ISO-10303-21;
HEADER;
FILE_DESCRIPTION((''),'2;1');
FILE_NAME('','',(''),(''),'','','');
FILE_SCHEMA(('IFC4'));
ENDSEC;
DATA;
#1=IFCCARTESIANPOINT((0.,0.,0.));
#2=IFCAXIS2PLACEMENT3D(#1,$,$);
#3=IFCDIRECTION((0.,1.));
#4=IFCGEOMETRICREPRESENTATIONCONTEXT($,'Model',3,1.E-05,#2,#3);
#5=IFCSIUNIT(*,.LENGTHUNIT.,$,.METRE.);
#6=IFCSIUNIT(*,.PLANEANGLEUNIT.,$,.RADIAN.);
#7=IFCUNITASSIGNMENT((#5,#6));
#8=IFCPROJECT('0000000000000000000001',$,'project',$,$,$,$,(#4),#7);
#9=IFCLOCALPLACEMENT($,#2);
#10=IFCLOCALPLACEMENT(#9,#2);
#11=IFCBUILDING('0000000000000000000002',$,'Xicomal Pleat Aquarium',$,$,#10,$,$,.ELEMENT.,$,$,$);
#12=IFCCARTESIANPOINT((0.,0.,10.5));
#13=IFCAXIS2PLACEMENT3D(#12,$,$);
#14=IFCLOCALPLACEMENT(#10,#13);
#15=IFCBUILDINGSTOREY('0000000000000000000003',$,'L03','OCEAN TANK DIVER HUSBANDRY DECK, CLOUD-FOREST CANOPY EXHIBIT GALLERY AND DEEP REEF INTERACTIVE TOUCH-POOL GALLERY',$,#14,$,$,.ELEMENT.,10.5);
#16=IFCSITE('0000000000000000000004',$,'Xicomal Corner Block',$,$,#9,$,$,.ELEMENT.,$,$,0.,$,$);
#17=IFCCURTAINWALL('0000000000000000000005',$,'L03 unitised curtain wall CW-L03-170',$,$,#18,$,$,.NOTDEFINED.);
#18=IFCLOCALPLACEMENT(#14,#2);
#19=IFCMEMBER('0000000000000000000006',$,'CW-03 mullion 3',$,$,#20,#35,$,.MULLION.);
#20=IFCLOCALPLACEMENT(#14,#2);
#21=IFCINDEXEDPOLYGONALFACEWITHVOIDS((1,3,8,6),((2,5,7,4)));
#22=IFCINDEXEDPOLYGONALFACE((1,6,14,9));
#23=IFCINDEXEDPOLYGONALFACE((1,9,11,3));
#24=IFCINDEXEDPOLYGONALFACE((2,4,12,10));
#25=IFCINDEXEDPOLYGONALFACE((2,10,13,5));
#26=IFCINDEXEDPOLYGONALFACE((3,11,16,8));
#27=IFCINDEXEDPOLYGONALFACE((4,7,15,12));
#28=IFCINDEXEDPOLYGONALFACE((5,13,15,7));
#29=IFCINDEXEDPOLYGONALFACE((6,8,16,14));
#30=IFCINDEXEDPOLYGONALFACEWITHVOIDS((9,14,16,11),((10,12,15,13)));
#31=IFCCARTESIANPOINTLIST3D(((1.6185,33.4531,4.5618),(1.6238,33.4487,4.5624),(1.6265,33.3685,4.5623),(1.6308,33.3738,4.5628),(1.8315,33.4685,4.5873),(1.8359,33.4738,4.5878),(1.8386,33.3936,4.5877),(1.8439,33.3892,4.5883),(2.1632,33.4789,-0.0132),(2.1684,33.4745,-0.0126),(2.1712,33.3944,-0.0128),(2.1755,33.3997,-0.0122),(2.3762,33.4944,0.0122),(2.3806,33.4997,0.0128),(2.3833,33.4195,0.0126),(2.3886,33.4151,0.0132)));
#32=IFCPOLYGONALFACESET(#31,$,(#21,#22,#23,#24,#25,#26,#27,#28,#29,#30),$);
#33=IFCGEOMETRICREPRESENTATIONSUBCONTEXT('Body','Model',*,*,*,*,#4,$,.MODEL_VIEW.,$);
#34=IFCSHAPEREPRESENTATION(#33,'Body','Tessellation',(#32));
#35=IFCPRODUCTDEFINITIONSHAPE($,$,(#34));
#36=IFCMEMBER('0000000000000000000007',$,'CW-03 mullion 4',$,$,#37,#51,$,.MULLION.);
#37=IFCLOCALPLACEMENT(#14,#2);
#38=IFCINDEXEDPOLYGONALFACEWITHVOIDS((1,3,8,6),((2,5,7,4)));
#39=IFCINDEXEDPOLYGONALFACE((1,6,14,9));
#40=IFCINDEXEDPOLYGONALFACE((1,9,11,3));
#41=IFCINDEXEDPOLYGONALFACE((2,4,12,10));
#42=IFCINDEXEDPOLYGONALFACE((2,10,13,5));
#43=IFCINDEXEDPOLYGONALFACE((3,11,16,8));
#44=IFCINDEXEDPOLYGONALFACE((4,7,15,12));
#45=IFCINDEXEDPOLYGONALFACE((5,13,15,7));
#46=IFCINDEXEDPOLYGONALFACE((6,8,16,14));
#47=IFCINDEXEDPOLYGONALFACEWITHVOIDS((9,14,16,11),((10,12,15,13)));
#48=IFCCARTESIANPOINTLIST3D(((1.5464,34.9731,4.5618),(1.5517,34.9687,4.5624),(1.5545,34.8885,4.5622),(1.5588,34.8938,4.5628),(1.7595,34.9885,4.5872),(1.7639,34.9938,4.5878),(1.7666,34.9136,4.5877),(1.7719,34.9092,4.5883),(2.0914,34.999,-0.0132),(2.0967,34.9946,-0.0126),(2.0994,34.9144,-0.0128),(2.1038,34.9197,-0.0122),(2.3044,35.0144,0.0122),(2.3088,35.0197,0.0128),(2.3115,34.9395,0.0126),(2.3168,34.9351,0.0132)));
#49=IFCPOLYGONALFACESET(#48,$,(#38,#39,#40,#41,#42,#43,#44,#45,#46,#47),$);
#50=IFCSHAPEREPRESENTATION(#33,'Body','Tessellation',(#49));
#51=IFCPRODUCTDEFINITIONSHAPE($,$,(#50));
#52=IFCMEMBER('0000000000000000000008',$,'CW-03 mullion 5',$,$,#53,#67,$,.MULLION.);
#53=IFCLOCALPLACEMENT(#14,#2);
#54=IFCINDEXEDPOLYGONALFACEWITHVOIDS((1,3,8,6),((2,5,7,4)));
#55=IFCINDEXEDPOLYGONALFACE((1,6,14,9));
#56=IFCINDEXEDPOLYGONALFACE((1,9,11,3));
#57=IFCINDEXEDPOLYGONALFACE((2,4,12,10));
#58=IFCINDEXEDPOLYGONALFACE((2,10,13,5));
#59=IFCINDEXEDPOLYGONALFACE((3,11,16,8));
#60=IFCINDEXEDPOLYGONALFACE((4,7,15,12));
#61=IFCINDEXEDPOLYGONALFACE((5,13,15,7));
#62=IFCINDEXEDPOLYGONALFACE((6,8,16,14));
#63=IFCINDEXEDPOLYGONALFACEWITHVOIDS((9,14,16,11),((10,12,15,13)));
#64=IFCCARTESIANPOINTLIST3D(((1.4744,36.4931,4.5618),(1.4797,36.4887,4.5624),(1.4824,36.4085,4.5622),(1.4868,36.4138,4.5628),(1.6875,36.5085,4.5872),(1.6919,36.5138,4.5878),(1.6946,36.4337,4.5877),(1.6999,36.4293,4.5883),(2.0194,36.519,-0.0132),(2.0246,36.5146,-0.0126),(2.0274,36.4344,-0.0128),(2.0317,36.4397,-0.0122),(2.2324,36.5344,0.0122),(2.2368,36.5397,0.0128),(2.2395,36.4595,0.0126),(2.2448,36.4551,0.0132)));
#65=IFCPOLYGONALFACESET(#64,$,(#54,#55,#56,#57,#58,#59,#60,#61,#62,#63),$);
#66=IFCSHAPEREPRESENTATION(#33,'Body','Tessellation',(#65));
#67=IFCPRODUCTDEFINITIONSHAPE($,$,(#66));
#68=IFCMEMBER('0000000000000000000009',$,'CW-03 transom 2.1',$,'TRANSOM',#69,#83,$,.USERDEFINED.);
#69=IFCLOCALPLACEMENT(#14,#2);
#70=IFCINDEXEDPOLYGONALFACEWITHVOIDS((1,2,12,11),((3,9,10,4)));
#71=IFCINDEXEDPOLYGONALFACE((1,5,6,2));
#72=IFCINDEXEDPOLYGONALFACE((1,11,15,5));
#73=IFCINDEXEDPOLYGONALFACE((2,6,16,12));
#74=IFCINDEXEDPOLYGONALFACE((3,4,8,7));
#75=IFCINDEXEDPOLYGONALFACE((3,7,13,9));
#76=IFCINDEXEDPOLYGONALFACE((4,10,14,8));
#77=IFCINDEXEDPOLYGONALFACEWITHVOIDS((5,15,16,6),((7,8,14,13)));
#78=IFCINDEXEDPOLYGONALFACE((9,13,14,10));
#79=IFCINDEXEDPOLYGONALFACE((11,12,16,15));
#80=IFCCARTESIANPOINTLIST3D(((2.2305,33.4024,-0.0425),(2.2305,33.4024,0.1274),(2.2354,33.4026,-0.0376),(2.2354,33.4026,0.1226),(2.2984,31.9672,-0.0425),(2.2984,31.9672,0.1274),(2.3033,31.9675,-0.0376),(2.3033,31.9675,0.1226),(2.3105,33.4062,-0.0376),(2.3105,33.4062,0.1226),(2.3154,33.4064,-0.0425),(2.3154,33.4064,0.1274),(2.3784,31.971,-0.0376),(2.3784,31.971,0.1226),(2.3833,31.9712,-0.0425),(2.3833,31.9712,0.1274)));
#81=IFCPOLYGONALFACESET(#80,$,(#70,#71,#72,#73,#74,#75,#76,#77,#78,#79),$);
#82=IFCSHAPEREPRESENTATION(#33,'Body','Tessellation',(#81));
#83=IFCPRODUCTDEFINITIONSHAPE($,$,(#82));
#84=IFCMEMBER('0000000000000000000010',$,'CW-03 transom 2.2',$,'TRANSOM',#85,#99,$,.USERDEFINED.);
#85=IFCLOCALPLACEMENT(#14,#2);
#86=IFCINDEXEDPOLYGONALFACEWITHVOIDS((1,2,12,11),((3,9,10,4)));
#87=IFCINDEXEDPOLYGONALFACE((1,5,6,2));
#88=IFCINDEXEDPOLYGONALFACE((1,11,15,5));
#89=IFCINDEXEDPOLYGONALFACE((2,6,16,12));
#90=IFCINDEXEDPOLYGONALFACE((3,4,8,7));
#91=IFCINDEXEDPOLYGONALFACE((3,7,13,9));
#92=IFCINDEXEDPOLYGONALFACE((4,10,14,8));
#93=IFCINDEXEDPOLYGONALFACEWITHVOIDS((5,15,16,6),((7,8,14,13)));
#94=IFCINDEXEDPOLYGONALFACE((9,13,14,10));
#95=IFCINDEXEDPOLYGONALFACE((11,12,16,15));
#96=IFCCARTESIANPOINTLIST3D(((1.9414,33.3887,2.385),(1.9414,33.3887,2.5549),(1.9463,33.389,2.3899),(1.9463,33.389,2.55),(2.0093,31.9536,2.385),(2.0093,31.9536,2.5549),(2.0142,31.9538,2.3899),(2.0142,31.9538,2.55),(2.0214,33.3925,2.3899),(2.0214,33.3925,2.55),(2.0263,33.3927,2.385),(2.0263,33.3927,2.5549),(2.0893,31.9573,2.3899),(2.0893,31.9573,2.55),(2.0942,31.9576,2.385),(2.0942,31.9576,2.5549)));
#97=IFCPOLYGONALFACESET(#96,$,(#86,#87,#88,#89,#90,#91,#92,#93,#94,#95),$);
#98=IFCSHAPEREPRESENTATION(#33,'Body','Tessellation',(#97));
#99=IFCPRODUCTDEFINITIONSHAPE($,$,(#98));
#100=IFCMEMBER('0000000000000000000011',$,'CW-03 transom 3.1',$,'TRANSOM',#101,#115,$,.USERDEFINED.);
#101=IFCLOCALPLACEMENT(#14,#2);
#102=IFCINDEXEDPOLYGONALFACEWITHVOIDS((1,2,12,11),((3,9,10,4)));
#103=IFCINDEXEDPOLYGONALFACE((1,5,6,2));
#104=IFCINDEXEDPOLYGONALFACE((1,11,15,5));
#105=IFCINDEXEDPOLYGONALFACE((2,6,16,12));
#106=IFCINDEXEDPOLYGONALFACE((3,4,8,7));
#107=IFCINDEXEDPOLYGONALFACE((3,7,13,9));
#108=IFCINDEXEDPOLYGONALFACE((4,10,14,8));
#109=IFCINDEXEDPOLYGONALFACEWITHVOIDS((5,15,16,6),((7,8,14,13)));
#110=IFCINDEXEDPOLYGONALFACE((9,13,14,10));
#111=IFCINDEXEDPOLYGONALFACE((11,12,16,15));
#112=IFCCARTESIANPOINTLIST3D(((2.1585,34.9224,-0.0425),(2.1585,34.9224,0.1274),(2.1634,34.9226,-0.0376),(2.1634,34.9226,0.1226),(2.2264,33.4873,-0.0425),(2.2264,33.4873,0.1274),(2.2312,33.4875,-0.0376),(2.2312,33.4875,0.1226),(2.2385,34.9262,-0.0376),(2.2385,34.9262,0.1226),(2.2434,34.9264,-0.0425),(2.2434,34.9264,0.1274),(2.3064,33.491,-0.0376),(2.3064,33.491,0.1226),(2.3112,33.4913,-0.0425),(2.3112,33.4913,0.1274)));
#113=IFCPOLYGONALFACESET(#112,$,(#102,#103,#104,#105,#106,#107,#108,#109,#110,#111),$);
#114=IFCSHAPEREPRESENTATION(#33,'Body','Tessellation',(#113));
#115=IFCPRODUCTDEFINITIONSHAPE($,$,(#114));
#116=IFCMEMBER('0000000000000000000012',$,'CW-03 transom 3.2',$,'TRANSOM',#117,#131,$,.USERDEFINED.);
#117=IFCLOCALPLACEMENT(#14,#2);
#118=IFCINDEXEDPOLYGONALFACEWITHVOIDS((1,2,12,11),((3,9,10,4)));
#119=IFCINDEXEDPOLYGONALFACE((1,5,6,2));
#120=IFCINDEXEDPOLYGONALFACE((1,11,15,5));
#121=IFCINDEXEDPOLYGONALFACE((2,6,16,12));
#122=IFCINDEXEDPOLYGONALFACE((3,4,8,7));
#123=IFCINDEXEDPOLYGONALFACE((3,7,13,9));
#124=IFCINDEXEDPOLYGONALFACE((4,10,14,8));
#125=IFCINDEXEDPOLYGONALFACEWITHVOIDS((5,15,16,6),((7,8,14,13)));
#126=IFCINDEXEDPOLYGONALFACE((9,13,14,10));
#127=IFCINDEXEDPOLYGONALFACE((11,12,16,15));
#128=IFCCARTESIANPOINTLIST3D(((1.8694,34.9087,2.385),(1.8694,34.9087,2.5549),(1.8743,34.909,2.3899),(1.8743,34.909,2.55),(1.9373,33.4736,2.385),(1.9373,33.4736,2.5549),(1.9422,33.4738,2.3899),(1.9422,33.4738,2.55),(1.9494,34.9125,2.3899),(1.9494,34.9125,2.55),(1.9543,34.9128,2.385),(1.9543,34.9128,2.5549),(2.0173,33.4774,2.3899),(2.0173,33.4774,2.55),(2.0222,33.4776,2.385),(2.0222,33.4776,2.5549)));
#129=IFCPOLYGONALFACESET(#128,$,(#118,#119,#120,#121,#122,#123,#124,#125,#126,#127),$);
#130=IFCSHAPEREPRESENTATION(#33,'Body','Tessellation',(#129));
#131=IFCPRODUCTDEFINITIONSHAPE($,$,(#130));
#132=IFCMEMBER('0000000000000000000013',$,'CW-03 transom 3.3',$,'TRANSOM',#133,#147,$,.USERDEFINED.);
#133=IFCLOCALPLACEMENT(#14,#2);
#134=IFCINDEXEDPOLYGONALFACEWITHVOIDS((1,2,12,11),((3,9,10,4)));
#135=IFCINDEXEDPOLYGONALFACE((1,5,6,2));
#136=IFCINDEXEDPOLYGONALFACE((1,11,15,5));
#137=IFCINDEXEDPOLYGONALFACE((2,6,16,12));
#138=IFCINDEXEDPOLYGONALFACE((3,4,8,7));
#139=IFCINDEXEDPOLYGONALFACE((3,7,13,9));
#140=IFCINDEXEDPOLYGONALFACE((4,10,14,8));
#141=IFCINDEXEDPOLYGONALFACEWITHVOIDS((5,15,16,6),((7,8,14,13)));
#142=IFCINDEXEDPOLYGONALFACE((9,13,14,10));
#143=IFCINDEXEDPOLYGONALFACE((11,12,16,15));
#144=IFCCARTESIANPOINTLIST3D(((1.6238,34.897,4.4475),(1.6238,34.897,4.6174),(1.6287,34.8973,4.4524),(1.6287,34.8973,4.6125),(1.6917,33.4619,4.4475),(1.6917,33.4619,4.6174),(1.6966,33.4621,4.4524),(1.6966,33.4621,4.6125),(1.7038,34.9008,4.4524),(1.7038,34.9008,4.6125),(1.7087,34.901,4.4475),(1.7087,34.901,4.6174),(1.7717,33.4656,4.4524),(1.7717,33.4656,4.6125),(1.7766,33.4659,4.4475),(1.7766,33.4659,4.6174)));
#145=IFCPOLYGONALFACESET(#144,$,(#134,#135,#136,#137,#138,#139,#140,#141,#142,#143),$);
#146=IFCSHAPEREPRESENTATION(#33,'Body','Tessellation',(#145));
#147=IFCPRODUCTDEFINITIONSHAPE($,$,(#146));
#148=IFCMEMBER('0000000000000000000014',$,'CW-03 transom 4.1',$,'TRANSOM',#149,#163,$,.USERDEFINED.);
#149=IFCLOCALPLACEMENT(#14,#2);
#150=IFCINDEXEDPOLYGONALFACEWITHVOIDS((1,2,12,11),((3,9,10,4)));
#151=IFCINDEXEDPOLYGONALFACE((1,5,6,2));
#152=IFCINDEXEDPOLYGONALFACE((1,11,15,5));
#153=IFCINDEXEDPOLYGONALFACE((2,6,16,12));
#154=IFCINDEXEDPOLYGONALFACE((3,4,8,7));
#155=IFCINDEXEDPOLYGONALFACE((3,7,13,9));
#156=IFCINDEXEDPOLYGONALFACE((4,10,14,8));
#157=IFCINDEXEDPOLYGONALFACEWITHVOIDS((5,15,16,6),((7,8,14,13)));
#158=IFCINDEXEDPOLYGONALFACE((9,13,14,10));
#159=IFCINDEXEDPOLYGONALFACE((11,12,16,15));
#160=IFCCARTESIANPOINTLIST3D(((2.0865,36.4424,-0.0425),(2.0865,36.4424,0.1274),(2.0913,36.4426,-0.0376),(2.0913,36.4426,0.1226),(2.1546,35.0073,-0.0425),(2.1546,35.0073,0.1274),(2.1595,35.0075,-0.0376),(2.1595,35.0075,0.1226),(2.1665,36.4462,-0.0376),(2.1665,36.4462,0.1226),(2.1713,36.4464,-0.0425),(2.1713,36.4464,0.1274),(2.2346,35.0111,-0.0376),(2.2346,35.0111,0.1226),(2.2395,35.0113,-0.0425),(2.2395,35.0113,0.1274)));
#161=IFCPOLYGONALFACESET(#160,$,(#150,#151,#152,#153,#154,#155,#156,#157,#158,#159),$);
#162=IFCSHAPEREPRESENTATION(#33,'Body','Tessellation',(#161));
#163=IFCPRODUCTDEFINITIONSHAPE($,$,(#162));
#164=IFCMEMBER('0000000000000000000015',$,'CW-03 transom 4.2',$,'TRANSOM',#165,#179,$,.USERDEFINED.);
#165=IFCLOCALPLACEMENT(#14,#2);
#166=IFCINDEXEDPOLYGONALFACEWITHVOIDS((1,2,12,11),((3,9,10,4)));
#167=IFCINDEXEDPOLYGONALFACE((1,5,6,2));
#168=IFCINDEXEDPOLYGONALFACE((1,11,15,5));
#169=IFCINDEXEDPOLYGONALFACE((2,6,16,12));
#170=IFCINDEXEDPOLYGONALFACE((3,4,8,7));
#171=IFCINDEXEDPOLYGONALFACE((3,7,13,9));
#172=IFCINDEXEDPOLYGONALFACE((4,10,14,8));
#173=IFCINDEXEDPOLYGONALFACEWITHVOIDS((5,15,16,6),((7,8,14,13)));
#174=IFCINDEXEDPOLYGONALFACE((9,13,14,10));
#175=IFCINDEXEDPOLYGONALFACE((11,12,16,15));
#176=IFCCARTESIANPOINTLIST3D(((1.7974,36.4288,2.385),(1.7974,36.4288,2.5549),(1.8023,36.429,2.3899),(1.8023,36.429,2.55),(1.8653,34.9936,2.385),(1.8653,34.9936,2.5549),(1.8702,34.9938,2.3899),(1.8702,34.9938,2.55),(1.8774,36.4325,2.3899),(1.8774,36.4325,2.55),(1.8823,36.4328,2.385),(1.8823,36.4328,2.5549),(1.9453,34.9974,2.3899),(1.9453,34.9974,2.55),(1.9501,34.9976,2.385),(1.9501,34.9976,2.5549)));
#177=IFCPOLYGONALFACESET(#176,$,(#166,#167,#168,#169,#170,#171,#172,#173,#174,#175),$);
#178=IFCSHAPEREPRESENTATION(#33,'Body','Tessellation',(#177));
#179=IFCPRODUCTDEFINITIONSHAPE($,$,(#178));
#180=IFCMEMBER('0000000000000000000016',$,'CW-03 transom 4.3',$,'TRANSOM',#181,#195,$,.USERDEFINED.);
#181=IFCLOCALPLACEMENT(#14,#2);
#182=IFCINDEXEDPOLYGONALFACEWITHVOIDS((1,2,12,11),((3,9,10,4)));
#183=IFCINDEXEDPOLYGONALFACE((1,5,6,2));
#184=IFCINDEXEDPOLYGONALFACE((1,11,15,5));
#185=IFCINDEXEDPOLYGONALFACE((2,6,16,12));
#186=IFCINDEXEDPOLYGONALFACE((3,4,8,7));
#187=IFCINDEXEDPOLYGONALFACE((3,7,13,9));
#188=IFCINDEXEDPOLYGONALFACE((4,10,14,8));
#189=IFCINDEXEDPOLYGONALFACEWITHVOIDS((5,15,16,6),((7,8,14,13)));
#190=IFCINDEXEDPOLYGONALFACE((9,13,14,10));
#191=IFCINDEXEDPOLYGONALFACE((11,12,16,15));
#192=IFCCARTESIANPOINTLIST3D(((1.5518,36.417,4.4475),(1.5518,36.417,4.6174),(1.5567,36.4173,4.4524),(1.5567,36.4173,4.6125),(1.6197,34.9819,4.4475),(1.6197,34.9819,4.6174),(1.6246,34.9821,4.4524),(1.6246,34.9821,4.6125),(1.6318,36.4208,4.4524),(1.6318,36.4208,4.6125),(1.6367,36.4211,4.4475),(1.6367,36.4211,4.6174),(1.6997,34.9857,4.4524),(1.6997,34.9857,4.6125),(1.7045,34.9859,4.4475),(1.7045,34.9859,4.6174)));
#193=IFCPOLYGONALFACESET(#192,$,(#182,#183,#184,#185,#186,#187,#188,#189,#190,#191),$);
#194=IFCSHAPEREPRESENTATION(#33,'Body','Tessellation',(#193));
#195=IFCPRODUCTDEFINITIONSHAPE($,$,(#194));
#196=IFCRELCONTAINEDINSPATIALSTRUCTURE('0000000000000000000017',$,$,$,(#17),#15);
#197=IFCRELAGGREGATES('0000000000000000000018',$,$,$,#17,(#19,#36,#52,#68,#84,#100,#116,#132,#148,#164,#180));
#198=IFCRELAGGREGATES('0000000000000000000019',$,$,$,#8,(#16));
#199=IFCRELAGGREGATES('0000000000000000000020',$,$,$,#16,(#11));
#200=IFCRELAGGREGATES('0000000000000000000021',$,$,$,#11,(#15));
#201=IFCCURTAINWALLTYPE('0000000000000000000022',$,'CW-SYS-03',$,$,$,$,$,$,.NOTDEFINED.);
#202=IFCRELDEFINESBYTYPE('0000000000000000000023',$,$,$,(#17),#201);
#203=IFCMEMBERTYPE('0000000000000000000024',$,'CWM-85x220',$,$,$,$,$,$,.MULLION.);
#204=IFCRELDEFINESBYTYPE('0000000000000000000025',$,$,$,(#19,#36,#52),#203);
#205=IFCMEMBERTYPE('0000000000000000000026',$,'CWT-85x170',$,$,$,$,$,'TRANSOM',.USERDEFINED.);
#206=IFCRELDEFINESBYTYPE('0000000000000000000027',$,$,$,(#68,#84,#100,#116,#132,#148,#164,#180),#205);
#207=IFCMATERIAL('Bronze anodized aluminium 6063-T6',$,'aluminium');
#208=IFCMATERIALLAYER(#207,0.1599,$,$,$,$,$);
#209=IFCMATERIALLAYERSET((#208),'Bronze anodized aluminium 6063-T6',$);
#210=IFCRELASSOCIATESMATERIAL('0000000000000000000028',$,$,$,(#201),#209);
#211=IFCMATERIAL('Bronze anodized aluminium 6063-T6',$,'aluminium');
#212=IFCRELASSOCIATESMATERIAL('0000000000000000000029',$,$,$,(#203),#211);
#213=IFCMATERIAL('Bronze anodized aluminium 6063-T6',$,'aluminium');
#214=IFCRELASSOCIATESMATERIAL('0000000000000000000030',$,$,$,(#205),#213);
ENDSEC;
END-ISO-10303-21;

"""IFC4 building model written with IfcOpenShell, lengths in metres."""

from ifc_helpers import new_model, si_unit, direction, frame, origin, origin_2d, place, context, subcontext, project, spatial, hollow_rectangle, extrude, material, layer, layer_set, material_profile, profile_set, type_object, element, aggregate, save


model = new_model("IFC4")

# Units and contexts
model_context = context("Model", 3, precision=1e-05, world=origin(), true_north=direction((0.0, 1.0)))
body_context = subcontext(model_context, "Body", "Model", "MODEL_VIEW")
ifc_project = project(units=[si_unit("LENGTHUNIT", "METRE"), si_unit("PLANEANGLEUNIT", "RADIAN")], contexts=[model_context])

# Site, building, storey
site_placement = place(None, origin())
site = spatial("IfcSite", under=ifc_project, at=site_placement, Name="Xicomal Corner Block", CompositionType="ELEMENT", RefElevation=0.0)
building_placement = place(site_placement, origin())
building = spatial("IfcBuilding", under=site, at=building_placement, Name="Xicomal Pleat Aquarium", CompositionType="ELEMENT")
storey_placement = place(building_placement, frame((0.0, 0.0, 10.5)))
storey = spatial("IfcBuildingStorey", under=building, at=storey_placement, Name="L03", Description="OCEAN TANK DIVER HUSBANDRY DECK, CLOUD-FOREST CANOPY EXHIBIT GALLERY AND DEEP REEF INTERACTIVE TOUCH-POOL GALLERY", CompositionType="ELEMENT", Elevation=10.5)

# Curtain wall, members
ifc_material_1 = material(Name="Bronze anodized aluminium 6063-T6", Category="aluminium")
ifc_layer_1 = layer(ifc_material_1, 0.1599)
ifc_layer_set_1 = layer_set([ifc_layer_1], Name="Bronze anodized aluminium 6063-T6")
curtain_wall_type = type_object("IfcCurtainWallType", Name="CW-SYS-03", PredefinedType="NOTDEFINED", material=ifc_layer_set_1)
curtain_wall_placement = place(storey_placement, origin())
curtain_wall = element("IfcCurtainWall", 1, at=curtain_wall_placement, inside=storey, type_object=curtain_wall_type, Name="L03 unitised curtain wall CW-L03-170", PredefinedType="NOTDEFINED")
ifc_material_2 = material(Name="Bronze anodized aluminium 6063-T6", Category="aluminium")
ifc_material_profile_1 = material_profile(ifc_material_2, hollow_rectangle(XDim=0.085, YDim=0.22, WallThickness=0.0049, at=origin_2d()), Name="ALU MULL 85x220")
ifc_profile_set_1 = profile_set([ifc_material_profile_1], Name="Bronze anodized aluminium 6063-T6")
member_type_1 = type_object("IfcMemberType", Name="CWM-85x220", PredefinedType="MULLION", material=ifc_profile_set_1)
member_1_placement = place(storey_placement, frame((2.2759, 33.447, 0.0), z_axis=(-0.11822, -0.005617, 0.992972), x_axis=(-0.094336, 0.995525, -0.0056)))
member_1 = element("IfcMember", 2, at=member_1_placement, type_object=member_type_1, Name="CW-03 mullion 3", PredefinedType="MULLION", context=body_context, shape_type="SweptSolid", body=[
    extrude(hollow_rectangle(XDim=0.085, YDim=0.22, WallThickness=0.0049, at=origin_2d()), origin(), (0.0, 0.0, 1.0), 4.6074),
])
member_2_placement = place(storey_placement, frame((2.2041, 34.967, 0.0), z_axis=(-0.118272, -0.005617, 0.992965), x_axis=(-0.094314, 0.995527, -0.005602)))
member_2 = element("IfcMember", 3, at=member_2_placement, type_object=member_type_1, Name="CW-03 mullion 4", PredefinedType="MULLION", context=body_context, shape_type="SweptSolid", body=[
    extrude(hollow_rectangle(XDim=0.085, YDim=0.22, WallThickness=0.0049, at=origin_2d()), origin(), (0.0, 0.0, 1.0), 4.6074),
])
member_3_placement = place(storey_placement, frame((2.1321, 36.4871, 0.0), z_axis=(-0.118272, -0.005617, 0.992965), x_axis=(-0.094314, 0.995527, -0.005602)))
member_3 = element("IfcMember", 4, at=member_3_placement, type_object=member_type_1, Name="CW-03 mullion 5", PredefinedType="MULLION", context=body_context, shape_type="SweptSolid", body=[
    extrude(hollow_rectangle(XDim=0.085, YDim=0.22, WallThickness=0.0049, at=origin_2d()), origin(), (0.0, 0.0, 1.0), 4.6074),
])
ifc_material_3 = material(Name="Bronze anodized aluminium 6063-T6", Category="aluminium")
ifc_material_profile_2 = material_profile(ifc_material_3, hollow_rectangle(XDim=0.085, YDim=0.1699, WallThickness=0.0049, at=origin_2d()), Name="ALU TRAN 85x170")
ifc_profile_set_2 = profile_set([ifc_material_profile_2], Name="Bronze anodized aluminium 6063-T6")
member_type_2 = type_object("IfcMemberType", Name="CWT-85x170", ElementType="TRANSOM", PredefinedType="USERDEFINED", material=ifc_profile_set_2)
member_4_placement = place(storey_placement, frame((2.3408, 31.9692, 0.0425), z_axis=(-0.047242, 0.998883, 0.0), x_axis=(-0.998883, -0.047242, 0.0)))
member_4 = element("IfcMember", 5, at=member_4_placement, type_object=member_type_2, Name="CW-03 transom 2.1", ObjectType="TRANSOM", PredefinedType="USERDEFINED", context=body_context, shape_type="SweptSolid", body=[
    extrude(hollow_rectangle(XDim=0.085, YDim=0.1699, WallThickness=0.0049, at=origin_2d()), origin(), (0.0, 0.0, 1.0), 1.4368),
])
member_5_placement = place(storey_placement, frame((2.0518, 31.9556, 2.47), z_axis=(-0.047242, 0.998883, 0.0), x_axis=(-0.998883, -0.047242, 0.0)))
member_5 = element("IfcMember", 6, at=member_5_placement, type_object=member_type_2, Name="CW-03 transom 2.2", ObjectType="TRANSOM", PredefinedType="USERDEFINED", context=body_context, shape_type="SweptSolid", body=[
    extrude(hollow_rectangle(XDim=0.085, YDim=0.1699, WallThickness=0.0049, at=origin_2d()), origin(), (0.0, 0.0, 1.0), 1.4368),
])
member_6_placement = place(storey_placement, frame((2.2688, 33.4893, 0.0425), z_axis=(-0.047242, 0.998883, 0.0), x_axis=(-0.998883, -0.047242, 0.0)))
member_6 = element("IfcMember", 7, at=member_6_placement, type_object=member_type_2, Name="CW-03 transom 3.1", ObjectType="TRANSOM", PredefinedType="USERDEFINED", context=body_context, shape_type="SweptSolid", body=[
    extrude(hollow_rectangle(XDim=0.085, YDim=0.1699, WallThickness=0.0049, at=origin_2d()), origin(), (0.0, 0.0, 1.0), 1.4368),
])
member_7_placement = place(storey_placement, frame((1.9797, 33.4756, 2.47), z_axis=(-0.047242, 0.998883, 0.0), x_axis=(-0.998883, -0.047242, 0.0)))
member_7 = element("IfcMember", 8, at=member_7_placement, type_object=member_type_2, Name="CW-03 transom 3.2", ObjectType="TRANSOM", PredefinedType="USERDEFINED", context=body_context, shape_type="SweptSolid", body=[
    extrude(hollow_rectangle(XDim=0.085, YDim=0.1699, WallThickness=0.0049, at=origin_2d()), origin(), (0.0, 0.0, 1.0), 1.4368),
])
member_8_placement = place(storey_placement, frame((1.7341, 33.4639, 4.5325), z_axis=(-0.047242, 0.998883, 0.0), x_axis=(-0.998883, -0.047242, 0.0)))
member_8 = element("IfcMember", 9, at=member_8_placement, type_object=member_type_2, Name="CW-03 transom 3.3", ObjectType="TRANSOM", PredefinedType="USERDEFINED", context=body_context, shape_type="SweptSolid", body=[
    extrude(hollow_rectangle(XDim=0.085, YDim=0.1699, WallThickness=0.0049, at=origin_2d()), origin(), (0.0, 0.0, 1.0), 1.4368),
])
member_9_placement = place(storey_placement, frame((2.197, 35.0093, 0.0425), z_axis=(-0.047412, 0.998875, 0.0), x_axis=(-0.998875, -0.047412, 0.0)))
member_9 = element("IfcMember", 10, at=member_9_placement, type_object=member_type_2, Name="CW-03 transom 4.1", ObjectType="TRANSOM", PredefinedType="USERDEFINED", context=body_context, shape_type="SweptSolid", body=[
    extrude(hollow_rectangle(XDim=0.085, YDim=0.1699, WallThickness=0.0049, at=origin_2d()), origin(), (0.0, 0.0, 1.0), 1.4368),
])
member_10_placement = place(storey_placement, frame((1.9077, 34.9956, 2.47), z_axis=(-0.047242, 0.998883, 0.0), x_axis=(-0.998883, -0.047242, 0.0)))
member_10 = element("IfcMember", 11, at=member_10_placement, type_object=member_type_2, Name="CW-03 transom 4.2", ObjectType="TRANSOM", PredefinedType="USERDEFINED", context=body_context, shape_type="SweptSolid", body=[
    extrude(hollow_rectangle(XDim=0.085, YDim=0.1699, WallThickness=0.0049, at=origin_2d()), origin(), (0.0, 0.0, 1.0), 1.4368),
])
member_11_placement = place(storey_placement, frame((1.6621, 34.9839, 4.5325), z_axis=(-0.047242, 0.998883, 0.0), x_axis=(-0.998883, -0.047242, 0.0)))
member_11 = element("IfcMember", 12, at=member_11_placement, type_object=member_type_2, Name="CW-03 transom 4.3", ObjectType="TRANSOM", PredefinedType="USERDEFINED", context=body_context, shape_type="SweptSolid", body=[
    extrude(hollow_rectangle(XDim=0.085, YDim=0.1699, WallThickness=0.0049, at=origin_2d()), origin(), (0.0, 0.0, 1.0), 1.4368),
])
aggregate(curtain_wall, [member_1, member_2, member_3, member_4, member_5, member_6, member_7, member_8, member_9, member_10, member_11])

save(model, "model.ifc")
